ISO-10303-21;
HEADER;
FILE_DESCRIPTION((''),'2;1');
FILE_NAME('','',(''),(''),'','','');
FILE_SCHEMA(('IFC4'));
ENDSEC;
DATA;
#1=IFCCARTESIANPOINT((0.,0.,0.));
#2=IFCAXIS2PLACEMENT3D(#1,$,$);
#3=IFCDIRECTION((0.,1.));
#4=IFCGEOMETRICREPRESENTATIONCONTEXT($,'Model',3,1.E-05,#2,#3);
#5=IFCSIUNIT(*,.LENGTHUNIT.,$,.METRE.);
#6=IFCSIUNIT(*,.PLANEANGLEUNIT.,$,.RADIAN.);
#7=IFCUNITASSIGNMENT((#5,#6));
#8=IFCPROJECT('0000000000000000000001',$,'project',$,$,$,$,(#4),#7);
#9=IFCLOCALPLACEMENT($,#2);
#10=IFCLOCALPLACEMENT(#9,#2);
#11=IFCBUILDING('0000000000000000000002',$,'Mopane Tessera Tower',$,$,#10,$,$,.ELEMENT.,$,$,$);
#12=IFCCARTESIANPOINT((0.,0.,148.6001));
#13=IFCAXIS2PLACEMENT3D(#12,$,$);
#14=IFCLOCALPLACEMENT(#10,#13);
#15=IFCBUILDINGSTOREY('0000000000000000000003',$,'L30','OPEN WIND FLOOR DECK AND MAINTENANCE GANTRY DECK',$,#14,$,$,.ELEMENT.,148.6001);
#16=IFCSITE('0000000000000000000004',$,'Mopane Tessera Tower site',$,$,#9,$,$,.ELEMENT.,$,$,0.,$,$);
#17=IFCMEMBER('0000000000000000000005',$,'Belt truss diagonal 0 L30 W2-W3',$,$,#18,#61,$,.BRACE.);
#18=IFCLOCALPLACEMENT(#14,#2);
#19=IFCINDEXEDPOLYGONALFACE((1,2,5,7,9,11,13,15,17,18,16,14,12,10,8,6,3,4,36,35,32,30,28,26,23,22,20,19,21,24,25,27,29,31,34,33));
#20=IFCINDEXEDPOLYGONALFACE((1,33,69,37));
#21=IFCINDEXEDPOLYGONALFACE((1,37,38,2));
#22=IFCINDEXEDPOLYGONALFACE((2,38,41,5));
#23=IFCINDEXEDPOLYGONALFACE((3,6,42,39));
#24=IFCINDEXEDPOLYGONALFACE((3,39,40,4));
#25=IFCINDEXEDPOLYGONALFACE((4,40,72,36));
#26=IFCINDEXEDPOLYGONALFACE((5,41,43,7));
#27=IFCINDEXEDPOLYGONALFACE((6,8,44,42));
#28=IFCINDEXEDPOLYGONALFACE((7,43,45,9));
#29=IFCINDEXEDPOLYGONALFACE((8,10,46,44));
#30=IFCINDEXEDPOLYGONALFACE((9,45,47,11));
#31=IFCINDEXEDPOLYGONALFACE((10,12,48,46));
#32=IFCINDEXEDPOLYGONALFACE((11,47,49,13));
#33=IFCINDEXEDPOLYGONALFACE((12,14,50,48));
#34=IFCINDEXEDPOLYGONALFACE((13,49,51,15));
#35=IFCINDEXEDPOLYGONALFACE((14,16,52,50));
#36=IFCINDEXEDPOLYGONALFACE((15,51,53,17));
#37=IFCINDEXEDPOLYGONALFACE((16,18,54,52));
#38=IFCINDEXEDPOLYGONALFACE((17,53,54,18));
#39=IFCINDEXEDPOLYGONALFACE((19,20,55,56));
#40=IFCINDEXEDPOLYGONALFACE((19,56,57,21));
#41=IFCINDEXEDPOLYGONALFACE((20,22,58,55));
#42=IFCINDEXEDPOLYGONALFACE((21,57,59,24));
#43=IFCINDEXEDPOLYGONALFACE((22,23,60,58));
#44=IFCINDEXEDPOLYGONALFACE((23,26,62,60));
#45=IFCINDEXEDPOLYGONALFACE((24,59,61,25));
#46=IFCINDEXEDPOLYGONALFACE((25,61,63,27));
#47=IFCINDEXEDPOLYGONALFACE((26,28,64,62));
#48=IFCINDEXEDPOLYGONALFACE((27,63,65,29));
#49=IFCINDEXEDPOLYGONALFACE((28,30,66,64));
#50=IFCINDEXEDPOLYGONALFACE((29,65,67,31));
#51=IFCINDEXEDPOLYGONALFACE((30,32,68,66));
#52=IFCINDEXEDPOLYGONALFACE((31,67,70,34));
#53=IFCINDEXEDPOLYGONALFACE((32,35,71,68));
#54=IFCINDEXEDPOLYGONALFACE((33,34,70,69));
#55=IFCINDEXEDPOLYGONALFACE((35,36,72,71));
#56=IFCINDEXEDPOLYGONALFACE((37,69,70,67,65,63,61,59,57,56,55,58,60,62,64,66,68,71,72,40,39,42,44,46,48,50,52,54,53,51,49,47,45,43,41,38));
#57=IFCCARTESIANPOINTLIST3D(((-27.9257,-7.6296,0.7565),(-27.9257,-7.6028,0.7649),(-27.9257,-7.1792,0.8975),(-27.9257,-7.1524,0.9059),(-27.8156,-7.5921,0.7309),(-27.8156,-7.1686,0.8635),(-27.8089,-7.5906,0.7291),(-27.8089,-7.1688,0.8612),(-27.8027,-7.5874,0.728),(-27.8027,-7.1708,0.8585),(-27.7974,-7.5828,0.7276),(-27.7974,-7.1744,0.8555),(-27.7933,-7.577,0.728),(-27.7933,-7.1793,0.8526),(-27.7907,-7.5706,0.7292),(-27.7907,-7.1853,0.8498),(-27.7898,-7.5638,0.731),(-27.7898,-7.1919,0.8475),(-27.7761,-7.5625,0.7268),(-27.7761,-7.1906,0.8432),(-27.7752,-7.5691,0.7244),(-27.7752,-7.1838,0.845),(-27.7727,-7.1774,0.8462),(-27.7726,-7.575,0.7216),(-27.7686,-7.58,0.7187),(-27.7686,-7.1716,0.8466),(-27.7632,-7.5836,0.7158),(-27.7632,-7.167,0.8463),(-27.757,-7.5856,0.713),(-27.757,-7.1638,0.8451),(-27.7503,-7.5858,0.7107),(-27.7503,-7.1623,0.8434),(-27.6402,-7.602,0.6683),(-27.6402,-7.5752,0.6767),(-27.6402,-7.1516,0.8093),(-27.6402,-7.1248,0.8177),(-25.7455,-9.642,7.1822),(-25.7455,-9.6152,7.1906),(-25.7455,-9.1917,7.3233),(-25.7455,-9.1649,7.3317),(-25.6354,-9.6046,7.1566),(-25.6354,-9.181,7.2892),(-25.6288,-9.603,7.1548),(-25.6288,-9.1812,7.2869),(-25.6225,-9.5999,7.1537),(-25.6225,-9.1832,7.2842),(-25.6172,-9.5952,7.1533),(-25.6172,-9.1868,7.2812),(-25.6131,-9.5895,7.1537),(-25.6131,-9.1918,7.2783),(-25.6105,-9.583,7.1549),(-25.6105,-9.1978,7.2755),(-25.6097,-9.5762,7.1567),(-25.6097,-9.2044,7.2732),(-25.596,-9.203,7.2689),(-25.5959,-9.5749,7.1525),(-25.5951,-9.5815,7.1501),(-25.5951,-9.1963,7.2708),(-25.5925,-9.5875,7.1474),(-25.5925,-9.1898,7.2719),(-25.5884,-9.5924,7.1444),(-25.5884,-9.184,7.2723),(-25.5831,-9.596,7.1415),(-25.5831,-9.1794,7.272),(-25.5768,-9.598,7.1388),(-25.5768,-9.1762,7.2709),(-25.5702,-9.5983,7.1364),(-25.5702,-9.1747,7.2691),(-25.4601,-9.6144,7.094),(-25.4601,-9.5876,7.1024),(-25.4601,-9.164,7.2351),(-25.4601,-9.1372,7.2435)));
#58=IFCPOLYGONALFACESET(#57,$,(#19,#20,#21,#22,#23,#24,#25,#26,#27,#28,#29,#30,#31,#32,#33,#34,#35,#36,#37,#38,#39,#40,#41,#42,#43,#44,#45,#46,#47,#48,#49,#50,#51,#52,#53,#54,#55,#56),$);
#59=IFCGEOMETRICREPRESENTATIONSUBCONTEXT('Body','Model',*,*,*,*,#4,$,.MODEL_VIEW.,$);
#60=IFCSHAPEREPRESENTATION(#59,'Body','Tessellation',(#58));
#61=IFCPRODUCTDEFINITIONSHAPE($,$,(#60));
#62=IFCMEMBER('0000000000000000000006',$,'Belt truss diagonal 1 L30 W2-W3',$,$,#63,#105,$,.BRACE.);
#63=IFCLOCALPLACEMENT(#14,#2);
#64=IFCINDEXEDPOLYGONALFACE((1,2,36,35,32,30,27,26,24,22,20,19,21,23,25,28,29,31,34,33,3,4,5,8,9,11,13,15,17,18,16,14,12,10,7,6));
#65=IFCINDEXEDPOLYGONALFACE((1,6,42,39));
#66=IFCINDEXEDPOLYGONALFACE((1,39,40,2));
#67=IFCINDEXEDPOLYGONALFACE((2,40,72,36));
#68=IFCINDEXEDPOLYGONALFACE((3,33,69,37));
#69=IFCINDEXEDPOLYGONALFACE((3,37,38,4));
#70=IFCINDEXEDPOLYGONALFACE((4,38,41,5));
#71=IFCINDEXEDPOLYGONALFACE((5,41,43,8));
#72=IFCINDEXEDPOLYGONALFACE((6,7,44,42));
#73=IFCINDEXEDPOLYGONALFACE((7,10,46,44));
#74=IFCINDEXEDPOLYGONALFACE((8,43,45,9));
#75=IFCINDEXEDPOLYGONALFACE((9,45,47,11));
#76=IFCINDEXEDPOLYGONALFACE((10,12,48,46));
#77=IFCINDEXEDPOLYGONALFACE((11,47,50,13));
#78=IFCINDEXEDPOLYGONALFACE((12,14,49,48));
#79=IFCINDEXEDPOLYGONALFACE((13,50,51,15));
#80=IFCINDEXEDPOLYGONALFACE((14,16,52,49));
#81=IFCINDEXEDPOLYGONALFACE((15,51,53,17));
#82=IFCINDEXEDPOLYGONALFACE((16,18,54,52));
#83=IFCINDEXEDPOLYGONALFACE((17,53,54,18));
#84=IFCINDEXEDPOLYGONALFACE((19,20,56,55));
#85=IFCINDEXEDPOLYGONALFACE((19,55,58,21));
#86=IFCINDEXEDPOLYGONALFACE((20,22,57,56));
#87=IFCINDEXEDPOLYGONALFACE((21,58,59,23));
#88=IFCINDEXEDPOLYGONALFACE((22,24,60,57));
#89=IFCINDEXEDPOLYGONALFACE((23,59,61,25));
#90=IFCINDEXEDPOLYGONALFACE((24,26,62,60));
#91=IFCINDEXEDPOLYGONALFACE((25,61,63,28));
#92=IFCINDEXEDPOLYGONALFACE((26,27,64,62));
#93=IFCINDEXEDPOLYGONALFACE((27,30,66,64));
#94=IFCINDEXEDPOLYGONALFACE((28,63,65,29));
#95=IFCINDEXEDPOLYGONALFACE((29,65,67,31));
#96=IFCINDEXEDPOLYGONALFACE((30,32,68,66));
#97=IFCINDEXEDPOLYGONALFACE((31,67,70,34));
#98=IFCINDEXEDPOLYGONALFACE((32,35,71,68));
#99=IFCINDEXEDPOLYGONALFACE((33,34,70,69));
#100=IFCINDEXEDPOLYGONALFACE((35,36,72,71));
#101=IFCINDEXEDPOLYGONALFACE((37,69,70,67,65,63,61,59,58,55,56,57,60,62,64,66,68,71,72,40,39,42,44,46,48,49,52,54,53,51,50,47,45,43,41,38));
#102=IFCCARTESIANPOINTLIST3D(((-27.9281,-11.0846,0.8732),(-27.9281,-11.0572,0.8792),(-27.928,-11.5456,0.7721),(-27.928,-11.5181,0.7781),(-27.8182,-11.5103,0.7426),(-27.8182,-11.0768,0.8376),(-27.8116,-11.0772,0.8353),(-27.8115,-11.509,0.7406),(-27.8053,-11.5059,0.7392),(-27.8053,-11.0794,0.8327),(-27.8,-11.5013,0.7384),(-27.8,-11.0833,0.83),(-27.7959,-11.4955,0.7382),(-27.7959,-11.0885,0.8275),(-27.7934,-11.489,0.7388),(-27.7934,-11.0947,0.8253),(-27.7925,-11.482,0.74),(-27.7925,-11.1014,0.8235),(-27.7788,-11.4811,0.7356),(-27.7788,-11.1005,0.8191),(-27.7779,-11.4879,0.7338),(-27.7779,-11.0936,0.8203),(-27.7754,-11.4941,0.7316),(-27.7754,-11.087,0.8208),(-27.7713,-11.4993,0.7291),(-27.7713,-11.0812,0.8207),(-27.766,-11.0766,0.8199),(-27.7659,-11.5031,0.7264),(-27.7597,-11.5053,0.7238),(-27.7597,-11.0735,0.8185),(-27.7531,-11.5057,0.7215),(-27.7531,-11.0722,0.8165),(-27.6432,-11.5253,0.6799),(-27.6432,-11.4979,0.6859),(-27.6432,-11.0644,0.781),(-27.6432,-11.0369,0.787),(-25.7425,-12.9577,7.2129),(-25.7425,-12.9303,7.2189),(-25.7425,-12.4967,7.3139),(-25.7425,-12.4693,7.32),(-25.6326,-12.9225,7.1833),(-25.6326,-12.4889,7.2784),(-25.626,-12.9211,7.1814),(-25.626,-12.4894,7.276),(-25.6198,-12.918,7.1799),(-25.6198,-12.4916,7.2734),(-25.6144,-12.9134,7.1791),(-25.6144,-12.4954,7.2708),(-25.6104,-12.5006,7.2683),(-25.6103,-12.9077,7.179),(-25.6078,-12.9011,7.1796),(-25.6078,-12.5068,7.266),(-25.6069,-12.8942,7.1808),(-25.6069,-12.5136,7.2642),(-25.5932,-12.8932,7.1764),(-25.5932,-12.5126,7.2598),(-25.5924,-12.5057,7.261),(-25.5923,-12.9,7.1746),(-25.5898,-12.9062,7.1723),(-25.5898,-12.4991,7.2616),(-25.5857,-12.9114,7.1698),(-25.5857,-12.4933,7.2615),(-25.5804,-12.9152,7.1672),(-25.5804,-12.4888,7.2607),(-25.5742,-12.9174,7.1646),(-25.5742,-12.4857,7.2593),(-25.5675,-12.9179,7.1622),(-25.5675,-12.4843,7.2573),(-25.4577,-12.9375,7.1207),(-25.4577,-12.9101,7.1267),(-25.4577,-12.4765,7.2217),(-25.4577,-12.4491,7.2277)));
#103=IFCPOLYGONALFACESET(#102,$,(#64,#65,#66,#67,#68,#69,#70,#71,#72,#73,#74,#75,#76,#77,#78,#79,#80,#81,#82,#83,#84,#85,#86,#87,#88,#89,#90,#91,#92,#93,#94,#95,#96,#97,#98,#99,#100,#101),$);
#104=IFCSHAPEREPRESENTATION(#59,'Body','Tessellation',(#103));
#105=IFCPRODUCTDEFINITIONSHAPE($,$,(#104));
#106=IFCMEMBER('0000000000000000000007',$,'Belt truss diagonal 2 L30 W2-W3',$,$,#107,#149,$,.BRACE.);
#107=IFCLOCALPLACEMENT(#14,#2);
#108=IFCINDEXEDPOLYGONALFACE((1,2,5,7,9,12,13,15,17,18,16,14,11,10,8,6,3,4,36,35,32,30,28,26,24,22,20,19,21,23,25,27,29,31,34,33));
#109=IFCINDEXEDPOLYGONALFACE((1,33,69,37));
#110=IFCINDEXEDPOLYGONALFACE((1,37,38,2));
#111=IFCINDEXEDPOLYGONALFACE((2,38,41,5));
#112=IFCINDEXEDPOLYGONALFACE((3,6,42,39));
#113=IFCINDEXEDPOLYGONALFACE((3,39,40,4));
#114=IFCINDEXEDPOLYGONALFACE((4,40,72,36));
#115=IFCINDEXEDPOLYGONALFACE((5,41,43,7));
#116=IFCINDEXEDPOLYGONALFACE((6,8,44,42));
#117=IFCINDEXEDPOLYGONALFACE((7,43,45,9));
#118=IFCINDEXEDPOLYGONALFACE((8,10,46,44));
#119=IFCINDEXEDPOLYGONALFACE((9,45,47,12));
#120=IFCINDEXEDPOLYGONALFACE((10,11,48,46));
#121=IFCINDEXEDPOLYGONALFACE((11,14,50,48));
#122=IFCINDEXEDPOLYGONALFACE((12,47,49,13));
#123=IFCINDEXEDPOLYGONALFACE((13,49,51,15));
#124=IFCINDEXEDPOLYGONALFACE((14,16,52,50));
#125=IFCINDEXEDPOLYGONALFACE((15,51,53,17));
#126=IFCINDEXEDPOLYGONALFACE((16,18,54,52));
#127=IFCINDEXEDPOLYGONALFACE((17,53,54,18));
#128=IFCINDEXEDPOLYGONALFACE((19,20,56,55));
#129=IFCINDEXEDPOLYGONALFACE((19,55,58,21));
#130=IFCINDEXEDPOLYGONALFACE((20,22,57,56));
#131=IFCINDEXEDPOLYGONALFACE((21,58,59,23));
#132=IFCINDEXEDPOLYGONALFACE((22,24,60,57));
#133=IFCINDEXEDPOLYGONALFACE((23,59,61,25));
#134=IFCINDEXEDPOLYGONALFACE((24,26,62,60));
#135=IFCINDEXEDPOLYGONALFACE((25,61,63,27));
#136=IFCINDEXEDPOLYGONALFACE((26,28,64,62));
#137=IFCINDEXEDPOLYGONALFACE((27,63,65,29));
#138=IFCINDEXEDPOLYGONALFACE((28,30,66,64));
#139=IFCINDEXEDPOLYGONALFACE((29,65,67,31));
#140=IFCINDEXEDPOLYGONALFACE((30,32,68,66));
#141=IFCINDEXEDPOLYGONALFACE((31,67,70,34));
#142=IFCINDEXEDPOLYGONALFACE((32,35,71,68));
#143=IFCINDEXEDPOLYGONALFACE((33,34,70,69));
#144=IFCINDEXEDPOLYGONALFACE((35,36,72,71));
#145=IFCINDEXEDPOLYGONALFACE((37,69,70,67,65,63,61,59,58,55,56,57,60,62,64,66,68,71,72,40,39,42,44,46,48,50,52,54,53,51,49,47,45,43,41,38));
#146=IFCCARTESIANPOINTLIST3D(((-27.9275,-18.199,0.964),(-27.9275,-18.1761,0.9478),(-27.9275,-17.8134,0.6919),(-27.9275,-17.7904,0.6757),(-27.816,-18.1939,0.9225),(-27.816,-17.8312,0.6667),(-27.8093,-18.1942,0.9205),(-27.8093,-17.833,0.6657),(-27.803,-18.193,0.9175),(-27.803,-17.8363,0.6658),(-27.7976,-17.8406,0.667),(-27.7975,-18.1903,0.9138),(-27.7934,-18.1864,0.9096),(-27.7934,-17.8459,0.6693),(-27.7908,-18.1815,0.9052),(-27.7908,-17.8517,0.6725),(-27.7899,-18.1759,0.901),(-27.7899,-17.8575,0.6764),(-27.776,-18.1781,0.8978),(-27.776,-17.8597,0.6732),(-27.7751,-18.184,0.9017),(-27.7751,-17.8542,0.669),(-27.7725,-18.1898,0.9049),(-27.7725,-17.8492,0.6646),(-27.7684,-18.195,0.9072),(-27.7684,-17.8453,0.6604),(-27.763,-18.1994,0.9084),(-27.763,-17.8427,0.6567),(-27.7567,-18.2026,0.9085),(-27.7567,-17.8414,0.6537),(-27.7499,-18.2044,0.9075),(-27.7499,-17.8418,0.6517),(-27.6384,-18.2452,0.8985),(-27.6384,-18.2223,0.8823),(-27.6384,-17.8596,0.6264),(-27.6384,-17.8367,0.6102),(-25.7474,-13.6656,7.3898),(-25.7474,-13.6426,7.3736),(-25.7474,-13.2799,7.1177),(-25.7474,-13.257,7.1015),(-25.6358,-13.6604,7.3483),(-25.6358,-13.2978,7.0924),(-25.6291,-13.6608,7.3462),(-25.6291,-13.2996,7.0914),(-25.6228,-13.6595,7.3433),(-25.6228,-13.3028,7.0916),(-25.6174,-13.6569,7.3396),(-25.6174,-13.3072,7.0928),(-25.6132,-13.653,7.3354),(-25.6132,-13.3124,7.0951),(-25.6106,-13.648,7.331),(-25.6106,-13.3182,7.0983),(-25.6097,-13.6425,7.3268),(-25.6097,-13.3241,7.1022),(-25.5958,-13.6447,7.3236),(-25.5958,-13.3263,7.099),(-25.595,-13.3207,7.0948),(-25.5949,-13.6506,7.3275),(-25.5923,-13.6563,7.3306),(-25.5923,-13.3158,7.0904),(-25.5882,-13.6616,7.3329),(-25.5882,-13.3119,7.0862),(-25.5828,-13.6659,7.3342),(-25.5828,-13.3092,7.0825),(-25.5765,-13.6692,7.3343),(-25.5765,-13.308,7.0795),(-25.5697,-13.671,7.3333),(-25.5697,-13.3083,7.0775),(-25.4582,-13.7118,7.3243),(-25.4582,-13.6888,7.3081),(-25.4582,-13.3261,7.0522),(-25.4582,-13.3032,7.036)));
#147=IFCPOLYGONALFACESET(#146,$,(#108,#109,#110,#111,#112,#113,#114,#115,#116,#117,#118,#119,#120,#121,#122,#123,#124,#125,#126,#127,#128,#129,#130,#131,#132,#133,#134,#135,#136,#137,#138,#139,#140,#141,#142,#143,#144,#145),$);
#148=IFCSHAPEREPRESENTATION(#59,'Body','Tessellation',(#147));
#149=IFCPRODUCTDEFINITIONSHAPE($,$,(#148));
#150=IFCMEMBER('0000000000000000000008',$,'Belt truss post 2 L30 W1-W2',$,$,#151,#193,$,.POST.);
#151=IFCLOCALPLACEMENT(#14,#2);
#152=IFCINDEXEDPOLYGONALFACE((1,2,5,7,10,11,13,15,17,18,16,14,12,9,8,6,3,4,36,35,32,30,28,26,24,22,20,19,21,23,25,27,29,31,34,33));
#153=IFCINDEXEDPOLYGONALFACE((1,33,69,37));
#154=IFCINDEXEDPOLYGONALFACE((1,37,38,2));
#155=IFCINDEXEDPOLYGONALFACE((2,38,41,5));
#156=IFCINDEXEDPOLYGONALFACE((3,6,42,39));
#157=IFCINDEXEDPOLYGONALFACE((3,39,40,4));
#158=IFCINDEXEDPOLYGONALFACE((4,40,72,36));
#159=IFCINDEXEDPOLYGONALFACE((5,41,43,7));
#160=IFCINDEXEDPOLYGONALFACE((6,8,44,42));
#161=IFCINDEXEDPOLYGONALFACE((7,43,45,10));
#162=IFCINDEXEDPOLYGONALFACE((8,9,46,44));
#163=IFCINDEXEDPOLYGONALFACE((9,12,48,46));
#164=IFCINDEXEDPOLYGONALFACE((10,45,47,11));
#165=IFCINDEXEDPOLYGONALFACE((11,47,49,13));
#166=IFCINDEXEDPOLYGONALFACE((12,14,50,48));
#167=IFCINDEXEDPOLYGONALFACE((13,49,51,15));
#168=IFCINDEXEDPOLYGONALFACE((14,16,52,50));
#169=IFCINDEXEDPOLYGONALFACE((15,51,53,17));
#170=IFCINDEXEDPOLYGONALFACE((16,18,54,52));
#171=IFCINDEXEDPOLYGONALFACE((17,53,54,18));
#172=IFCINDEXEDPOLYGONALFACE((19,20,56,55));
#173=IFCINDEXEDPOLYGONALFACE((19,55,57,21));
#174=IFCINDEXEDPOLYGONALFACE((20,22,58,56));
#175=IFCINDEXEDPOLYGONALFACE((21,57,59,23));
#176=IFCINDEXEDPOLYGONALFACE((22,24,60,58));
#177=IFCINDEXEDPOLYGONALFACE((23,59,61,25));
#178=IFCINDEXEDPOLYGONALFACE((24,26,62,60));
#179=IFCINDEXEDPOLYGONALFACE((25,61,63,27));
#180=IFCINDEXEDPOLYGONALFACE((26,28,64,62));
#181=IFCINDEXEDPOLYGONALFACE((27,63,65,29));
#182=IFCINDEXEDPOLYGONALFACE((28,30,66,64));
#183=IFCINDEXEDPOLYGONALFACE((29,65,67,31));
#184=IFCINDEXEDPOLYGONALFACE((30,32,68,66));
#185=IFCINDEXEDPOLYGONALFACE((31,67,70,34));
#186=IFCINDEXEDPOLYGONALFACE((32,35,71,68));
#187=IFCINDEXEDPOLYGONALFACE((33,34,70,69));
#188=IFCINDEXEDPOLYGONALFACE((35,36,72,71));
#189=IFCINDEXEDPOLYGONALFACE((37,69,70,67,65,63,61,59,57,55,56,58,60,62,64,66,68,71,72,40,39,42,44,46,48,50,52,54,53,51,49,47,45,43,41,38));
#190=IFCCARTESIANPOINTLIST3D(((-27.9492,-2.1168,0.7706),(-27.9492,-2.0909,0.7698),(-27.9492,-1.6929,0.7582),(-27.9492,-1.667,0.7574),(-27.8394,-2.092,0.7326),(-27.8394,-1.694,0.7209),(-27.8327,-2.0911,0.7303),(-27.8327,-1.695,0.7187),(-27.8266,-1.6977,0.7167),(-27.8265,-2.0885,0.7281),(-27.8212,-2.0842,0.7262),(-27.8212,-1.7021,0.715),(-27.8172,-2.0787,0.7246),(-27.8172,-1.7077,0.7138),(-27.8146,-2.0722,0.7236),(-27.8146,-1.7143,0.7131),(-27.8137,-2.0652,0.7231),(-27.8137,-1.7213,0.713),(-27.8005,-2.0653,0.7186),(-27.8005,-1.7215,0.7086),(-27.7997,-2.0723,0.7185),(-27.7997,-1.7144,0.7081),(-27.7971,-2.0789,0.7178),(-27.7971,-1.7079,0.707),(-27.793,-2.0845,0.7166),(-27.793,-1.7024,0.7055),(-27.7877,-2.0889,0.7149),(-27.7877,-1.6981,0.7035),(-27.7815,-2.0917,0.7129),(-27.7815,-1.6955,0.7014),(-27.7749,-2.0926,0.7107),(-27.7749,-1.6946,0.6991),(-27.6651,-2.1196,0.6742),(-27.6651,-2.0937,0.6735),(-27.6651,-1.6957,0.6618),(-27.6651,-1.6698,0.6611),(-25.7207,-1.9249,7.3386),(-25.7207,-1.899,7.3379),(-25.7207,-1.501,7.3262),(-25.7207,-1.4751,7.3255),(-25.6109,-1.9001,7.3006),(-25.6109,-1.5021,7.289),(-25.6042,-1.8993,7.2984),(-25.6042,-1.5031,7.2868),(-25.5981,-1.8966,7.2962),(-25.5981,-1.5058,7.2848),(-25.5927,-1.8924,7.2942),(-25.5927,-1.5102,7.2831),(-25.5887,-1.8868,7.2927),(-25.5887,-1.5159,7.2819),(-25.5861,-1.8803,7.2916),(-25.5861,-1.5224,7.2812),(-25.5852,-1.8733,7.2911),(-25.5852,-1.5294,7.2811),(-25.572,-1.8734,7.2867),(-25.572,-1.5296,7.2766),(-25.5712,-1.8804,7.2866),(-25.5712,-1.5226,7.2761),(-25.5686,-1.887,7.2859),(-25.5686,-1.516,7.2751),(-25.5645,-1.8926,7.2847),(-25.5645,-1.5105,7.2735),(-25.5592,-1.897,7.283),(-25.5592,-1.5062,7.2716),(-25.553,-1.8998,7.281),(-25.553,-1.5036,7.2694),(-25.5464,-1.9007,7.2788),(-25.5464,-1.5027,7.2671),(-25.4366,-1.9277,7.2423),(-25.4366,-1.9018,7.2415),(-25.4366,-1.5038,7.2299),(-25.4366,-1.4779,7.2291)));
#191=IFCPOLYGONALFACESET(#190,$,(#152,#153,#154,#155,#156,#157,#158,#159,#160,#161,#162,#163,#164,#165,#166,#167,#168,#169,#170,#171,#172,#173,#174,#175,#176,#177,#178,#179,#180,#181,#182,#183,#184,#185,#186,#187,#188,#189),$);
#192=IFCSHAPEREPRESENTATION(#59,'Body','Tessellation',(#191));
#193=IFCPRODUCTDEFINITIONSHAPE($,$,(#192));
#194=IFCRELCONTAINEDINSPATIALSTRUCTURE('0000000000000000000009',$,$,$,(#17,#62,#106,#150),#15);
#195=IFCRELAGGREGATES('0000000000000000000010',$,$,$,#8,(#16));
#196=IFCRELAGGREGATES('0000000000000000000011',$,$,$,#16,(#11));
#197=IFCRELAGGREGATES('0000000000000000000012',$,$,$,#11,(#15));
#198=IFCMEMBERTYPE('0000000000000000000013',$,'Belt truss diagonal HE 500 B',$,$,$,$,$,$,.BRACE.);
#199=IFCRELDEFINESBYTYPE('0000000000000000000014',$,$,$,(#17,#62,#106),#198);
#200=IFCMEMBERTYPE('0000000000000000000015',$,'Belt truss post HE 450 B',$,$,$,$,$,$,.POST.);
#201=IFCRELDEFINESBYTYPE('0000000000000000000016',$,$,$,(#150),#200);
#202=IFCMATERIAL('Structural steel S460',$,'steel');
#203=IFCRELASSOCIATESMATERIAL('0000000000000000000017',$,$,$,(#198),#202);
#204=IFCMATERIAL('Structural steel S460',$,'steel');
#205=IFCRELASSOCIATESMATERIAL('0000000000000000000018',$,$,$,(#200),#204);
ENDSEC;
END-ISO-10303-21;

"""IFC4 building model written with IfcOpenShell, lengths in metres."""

from ifc_helpers import new_model, si_unit, direction, frame, origin, origin_2d, place, context, subcontext, project, spatial, i_section, extrude, material, material_profile, profile_set, type_object, element, save


model = new_model("IFC4")

# Units and contexts
model_context = context("Model", 3, precision=1e-05, world=origin(), true_north=direction((0.0, 1.0)))
body_context = subcontext(model_context, "Body", "Model", "MODEL_VIEW")
ifc_project = project(units=[si_unit("LENGTHUNIT", "METRE"), si_unit("PLANEANGLEUNIT", "RADIAN")], contexts=[model_context])

# Site, building, storey
site_placement = place(None, origin())
site = spatial("IfcSite", under=ifc_project, at=site_placement, Name="Mopane Tessera Tower site", CompositionType="ELEMENT", RefElevation=0.0)
building_placement = place(site_placement, origin())
building = spatial("IfcBuilding", under=site, at=building_placement, Name="Mopane Tessera Tower", CompositionType="ELEMENT")
storey_placement = place(building_placement, frame((0.0, 0.0, 148.6001)))
storey = spatial("IfcBuildingStorey", under=building, at=storey_placement, Name="L30", Description="OPEN WIND FLOOR DECK AND MAINTENANCE GANTRY DECK", CompositionType="ELEMENT", Elevation=148.6001)

# Members
ifc_material_1 = material(Name="Structural steel S460", Category="steel")
ifc_material_profile_1 = material_profile(ifc_material_1, i_section(OverallWidth=0.3, OverallDepth=0.5, WebThickness=0.0144, FlangeThickness=0.0281, FilletRadius=0.0271, at=origin_2d()))
ifc_profile_set_1 = profile_set([ifc_material_profile_1], Name="Structural steel S460")
member_type_1 = type_object("IfcMemberType", Name="Belt truss diagonal HE 500 B", PredefinedType="BRACE", material=ifc_profile_set_1)
member_1_placement = place(storey_placement, frame((-27.783, -7.3772, 0.7871), z_axis=(0.308035, -0.284337, 0.907892), x_axis=(0.951375, 0.092078, -0.293951)))
element("IfcMember", 1, at=member_1_placement, inside=storey, type_object=member_type_1, Name="Belt truss diagonal 0 L30 W2-W3", PredefinedType="BRACE", context=body_context, shape_type="SweptSolid", body=[
    extrude(i_section(OverallWidth=0.3, OverallDepth=0.5, WebThickness=0.0144, FlangeThickness=0.0281, FilletRadius=0.0271, at=origin_2d()), origin(), (0.0, 0.0, 1.0), 7.0776),
])
member_2_placement = place(storey_placement, frame((-27.7856, -11.2913, 0.7795), z_axis=(0.314629, -0.203286, 0.927191), x_axis=(0.949215, 0.06741, -0.307322)))
element("IfcMember", 2, at=member_2_placement, inside=storey, type_object=member_type_1, Name="Belt truss diagonal 1 L30 W2-W3", PredefinedType="BRACE", context=body_context, shape_type="SweptSolid", body=[
    extrude(i_section(OverallWidth=0.3, OverallDepth=0.5, WebThickness=0.0144, FlangeThickness=0.0281, FilletRadius=0.0271, at=origin_2d()), origin(), (0.0, 0.0, 1.0), 6.9465),
])
member_3_placement = place(storey_placement, frame((-25.6028, -13.4844, 7.2129), z_axis=(-0.267158, -0.555526, -0.787412), x_axis=(0.963653, -0.153996, -0.218308)))
element("IfcMember", 3, at=member_3_placement, inside=storey, type_object=member_type_1, Name="Belt truss diagonal 2 L30 W2-W3", PredefinedType="BRACE", context=body_context, shape_type="SweptSolid", body=[
    extrude(i_section(OverallWidth=0.3, OverallDepth=0.5, WebThickness=0.0144, FlangeThickness=0.0281, FilletRadius=0.0271, at=origin_2d()), origin(), (0.0, 0.0, 1.0), 8.1606),
])
ifc_material_2 = material(Name="Structural steel S460", Category="steel")
ifc_material_profile_2 = material_profile(ifc_material_2, i_section(OverallWidth=0.3, OverallDepth=0.45, WebThickness=0.0139, FlangeThickness=0.0259, FilletRadius=0.0271, at=origin_2d()))
ifc_profile_set_2 = profile_set([ifc_material_profile_2], Name="Structural steel S460")
member_type_2 = type_object("IfcMemberType", Name="Belt truss post HE 450 B", PredefinedType="POST", material=ifc_profile_set_2)
member_4_placement = place(storey_placement, frame((-27.8071, -1.8933, 0.7158), z_axis=(0.32118, 0.027656, 0.946614), x_axis=(0.947018, -0.009369, -0.321043)))
element("IfcMember", 4, at=member_4_placement, inside=storey, type_object=member_type_2, Name="Belt truss post 2 L30 W1-W2", PredefinedType="POST", context=body_context, shape_type="SweptSolid", body=[
    extrude(i_section(OverallWidth=0.3, OverallDepth=0.45, WebThickness=0.0139, FlangeThickness=0.0259, FilletRadius=0.0271, at=origin_2d()), origin(), (0.0, 0.0, 1.0), 6.9385),
])

save(model, "model.ifc")
